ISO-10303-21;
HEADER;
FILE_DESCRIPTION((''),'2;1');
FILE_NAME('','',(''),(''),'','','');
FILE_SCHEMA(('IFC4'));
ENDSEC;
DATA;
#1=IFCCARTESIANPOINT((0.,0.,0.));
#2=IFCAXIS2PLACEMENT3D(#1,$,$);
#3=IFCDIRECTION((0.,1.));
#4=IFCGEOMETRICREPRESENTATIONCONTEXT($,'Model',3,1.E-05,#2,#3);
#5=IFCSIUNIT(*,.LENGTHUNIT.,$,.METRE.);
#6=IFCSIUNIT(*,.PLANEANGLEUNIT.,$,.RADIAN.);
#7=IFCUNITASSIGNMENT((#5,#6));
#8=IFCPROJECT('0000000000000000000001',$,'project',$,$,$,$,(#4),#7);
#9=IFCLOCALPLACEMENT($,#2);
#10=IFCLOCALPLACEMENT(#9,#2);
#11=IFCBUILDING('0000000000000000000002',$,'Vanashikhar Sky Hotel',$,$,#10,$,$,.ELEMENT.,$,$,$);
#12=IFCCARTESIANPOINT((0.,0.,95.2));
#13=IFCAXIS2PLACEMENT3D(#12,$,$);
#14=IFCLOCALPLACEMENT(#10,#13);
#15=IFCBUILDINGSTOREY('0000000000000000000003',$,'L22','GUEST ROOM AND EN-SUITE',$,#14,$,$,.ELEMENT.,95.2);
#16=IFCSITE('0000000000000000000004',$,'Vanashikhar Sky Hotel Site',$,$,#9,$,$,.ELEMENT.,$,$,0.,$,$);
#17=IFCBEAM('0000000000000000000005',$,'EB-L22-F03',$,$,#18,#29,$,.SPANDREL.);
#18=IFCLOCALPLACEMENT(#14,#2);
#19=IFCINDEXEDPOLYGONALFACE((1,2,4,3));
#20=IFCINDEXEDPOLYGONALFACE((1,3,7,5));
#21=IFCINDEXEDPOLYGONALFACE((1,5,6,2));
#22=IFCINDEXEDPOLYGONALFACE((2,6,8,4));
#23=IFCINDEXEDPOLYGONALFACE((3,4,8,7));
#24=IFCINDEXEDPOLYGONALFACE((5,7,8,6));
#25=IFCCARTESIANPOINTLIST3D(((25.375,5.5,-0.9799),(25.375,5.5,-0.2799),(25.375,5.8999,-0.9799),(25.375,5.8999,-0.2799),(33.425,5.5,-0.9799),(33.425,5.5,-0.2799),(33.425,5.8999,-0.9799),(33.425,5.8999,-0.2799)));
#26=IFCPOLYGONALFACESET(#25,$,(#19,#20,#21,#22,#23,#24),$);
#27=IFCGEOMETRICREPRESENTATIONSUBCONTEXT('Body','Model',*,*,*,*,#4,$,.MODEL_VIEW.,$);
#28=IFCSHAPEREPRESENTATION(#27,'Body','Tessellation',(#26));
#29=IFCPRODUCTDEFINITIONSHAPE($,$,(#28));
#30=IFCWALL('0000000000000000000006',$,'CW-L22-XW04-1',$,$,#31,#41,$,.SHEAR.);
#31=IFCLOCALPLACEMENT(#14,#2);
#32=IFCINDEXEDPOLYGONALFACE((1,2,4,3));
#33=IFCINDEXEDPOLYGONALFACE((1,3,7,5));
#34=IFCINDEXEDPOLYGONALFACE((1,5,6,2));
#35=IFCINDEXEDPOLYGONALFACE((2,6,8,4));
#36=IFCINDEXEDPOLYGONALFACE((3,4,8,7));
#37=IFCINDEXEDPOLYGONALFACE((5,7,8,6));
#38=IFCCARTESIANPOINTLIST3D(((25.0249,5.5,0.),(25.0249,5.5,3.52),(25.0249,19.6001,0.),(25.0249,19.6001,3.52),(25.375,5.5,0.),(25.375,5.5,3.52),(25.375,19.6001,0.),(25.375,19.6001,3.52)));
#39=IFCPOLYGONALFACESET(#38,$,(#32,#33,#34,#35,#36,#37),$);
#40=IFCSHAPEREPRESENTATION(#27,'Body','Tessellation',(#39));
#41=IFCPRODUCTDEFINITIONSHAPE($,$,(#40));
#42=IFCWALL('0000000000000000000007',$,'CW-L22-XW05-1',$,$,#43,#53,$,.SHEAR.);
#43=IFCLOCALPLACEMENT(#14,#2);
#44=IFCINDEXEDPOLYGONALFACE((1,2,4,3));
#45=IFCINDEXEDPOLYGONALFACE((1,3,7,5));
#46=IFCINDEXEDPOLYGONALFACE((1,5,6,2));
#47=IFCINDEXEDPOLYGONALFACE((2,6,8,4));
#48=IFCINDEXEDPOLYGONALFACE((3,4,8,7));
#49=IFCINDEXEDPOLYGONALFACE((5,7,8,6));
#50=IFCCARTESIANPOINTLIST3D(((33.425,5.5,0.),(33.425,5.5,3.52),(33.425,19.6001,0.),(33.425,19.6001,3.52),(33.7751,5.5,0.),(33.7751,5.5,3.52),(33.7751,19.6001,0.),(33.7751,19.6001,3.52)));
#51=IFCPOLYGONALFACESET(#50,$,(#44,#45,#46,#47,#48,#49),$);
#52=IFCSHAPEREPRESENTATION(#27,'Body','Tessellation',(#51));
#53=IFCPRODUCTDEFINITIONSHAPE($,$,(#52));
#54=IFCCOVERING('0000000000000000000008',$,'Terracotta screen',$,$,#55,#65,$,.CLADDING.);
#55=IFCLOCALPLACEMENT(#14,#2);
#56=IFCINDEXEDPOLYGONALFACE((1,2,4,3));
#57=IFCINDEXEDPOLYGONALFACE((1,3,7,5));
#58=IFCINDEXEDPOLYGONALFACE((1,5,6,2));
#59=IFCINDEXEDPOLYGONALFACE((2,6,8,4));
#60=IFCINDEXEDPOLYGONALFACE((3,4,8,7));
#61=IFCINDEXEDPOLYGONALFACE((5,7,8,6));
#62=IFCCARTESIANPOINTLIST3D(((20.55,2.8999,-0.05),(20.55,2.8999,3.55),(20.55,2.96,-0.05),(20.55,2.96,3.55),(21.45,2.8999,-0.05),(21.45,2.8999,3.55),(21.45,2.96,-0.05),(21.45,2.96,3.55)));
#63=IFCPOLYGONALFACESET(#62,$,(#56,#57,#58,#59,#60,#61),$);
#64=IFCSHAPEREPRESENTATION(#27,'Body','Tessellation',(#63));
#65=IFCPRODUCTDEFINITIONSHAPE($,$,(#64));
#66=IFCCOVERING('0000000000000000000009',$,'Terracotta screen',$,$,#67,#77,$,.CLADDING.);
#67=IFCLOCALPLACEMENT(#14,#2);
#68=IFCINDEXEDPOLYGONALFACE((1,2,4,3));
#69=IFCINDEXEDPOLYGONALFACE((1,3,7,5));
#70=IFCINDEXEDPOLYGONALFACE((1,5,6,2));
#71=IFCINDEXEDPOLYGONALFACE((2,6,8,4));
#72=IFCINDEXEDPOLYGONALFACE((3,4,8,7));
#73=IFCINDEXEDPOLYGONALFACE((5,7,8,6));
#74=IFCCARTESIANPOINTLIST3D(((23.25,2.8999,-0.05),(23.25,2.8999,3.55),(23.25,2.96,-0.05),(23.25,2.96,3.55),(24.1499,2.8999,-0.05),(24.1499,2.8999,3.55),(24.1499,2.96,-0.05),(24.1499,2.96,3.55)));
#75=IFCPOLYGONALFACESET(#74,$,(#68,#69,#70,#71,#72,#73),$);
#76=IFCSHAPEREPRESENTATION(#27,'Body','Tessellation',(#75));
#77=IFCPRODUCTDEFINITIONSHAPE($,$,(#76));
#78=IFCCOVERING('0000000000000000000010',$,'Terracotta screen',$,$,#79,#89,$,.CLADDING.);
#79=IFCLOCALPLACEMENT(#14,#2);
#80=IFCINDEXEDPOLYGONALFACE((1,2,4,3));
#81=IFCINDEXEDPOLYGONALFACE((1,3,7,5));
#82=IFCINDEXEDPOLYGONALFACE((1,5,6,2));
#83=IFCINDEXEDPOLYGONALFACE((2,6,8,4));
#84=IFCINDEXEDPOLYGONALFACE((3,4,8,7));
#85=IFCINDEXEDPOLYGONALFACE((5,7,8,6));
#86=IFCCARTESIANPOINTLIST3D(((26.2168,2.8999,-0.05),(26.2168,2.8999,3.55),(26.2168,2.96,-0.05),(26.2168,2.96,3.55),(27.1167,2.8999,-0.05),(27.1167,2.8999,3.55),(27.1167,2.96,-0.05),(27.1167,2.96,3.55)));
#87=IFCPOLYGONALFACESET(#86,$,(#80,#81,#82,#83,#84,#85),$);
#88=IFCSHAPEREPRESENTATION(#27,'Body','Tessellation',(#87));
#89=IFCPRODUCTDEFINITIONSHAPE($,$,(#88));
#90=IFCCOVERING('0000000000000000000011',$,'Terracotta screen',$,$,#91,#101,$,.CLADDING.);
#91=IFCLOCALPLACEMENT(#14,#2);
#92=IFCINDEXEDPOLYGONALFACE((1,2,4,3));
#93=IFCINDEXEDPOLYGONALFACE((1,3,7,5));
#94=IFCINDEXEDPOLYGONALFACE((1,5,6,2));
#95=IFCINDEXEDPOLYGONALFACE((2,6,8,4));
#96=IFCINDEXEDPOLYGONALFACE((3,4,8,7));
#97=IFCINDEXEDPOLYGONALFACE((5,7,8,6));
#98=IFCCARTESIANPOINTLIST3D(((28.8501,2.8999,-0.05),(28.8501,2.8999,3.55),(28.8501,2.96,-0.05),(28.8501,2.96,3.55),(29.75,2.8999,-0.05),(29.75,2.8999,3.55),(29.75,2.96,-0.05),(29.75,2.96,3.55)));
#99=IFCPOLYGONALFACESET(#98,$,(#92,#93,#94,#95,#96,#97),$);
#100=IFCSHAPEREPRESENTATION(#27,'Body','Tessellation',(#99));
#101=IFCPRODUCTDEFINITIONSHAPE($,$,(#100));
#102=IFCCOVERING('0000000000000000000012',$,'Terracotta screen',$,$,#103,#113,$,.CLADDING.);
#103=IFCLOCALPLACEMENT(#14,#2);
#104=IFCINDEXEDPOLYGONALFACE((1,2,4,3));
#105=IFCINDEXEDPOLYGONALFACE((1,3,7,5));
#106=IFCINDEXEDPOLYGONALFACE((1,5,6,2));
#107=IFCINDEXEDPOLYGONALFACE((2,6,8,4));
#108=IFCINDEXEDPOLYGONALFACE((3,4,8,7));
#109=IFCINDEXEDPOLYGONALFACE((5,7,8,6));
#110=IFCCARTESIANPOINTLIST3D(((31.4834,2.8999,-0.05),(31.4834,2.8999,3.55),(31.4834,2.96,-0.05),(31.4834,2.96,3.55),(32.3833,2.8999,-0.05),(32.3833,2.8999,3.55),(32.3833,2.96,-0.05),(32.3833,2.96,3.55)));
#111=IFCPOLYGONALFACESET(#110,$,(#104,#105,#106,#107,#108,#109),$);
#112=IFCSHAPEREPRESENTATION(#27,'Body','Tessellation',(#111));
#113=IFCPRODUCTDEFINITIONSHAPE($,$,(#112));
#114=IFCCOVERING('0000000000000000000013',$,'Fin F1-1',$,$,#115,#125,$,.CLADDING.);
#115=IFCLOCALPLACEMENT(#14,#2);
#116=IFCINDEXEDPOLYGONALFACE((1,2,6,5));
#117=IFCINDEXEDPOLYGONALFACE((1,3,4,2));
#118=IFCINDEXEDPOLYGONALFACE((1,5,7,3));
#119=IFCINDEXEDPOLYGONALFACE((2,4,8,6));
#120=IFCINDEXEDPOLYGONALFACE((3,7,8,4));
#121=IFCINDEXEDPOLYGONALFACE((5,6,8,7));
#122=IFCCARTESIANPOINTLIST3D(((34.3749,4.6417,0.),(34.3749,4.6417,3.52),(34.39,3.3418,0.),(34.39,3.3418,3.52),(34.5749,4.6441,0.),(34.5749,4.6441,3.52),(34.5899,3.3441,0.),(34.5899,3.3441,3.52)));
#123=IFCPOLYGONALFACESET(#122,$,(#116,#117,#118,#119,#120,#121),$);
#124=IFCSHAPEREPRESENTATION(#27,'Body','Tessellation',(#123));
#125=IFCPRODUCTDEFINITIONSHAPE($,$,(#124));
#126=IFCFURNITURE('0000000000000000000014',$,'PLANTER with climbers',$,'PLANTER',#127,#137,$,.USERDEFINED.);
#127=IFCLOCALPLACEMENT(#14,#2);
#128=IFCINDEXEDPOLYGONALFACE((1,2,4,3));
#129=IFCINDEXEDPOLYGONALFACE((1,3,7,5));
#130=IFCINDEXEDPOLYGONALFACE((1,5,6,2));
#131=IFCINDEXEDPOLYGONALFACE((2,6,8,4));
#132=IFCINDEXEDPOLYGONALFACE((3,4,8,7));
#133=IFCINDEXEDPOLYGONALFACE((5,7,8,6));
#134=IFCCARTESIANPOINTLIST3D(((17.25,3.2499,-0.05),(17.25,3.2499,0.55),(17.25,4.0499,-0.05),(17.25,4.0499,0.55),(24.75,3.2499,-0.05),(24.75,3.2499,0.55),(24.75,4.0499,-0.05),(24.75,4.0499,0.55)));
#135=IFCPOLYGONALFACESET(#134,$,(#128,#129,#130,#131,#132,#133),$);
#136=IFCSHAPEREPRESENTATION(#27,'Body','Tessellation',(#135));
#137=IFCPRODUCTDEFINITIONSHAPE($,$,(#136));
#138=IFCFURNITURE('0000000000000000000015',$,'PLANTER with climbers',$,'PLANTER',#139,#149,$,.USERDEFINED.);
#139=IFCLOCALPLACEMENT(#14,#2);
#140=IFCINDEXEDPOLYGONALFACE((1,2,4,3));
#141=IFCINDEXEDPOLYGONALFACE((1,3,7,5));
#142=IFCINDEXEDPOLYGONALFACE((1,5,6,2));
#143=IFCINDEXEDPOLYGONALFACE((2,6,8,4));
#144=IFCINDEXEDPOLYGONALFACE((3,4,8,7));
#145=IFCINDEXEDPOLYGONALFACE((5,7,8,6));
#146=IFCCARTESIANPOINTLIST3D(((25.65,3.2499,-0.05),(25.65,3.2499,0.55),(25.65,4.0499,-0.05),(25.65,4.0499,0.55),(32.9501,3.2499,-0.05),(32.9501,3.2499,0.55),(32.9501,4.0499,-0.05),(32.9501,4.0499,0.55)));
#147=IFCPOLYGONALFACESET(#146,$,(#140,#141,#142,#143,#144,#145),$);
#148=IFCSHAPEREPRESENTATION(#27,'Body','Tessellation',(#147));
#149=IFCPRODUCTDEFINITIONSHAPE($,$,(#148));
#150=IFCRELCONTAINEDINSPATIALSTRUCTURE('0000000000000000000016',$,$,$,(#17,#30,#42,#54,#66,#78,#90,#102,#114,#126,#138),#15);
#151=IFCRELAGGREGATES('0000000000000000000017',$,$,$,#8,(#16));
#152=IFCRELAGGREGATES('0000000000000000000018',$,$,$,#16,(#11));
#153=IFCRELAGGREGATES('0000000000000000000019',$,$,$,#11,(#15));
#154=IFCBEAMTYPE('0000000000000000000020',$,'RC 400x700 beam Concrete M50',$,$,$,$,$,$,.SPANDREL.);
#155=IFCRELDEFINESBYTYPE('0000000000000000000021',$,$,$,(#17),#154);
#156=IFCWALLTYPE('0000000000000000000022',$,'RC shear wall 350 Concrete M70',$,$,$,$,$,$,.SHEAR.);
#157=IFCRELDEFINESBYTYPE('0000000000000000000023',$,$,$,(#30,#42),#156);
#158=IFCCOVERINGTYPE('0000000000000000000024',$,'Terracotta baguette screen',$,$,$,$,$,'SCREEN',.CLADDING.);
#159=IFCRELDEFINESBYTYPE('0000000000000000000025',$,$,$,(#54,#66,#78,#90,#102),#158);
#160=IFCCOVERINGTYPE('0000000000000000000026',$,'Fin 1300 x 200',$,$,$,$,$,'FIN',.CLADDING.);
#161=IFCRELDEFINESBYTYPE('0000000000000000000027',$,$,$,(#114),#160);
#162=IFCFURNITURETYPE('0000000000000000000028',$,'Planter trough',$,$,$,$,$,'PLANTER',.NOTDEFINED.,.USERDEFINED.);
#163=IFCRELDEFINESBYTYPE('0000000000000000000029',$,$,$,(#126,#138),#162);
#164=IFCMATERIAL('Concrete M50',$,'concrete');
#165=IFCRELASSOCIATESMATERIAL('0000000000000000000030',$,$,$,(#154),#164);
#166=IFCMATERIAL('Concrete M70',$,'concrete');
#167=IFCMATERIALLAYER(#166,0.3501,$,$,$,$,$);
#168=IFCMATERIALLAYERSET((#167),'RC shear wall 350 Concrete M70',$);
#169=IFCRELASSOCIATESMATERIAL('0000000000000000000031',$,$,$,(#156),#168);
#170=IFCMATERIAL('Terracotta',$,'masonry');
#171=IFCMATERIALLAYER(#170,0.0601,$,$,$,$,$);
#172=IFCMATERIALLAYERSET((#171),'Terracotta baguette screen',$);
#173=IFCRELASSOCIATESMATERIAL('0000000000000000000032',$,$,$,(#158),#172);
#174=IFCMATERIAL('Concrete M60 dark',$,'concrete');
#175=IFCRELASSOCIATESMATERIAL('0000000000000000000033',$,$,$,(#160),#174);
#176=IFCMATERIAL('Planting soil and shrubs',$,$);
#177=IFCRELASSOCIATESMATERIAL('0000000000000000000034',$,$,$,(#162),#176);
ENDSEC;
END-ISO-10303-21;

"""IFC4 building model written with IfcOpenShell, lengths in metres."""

from ifc_helpers import new_model, si_unit, direction, frame, frame_2d, origin, origin_2d, place, context, subcontext, project, spatial, rectangle, extrude, source, transform, mapped, material, layer, layer_set, material_profile, profile_set, type_object, element, save


model = new_model("IFC4")

# Units and contexts
model_context = context("Model", 3, precision=1e-05, world=origin(), true_north=direction((0.0, 1.0)))
body_context = subcontext(model_context, "Body", "Model", "MODEL_VIEW")
ifc_project = project(units=[si_unit("LENGTHUNIT", "METRE"), si_unit("PLANEANGLEUNIT", "RADIAN")], contexts=[model_context])

# Site, building, storey
site_placement = place(None, origin())
site = spatial("IfcSite", under=ifc_project, at=site_placement, Name="Vanashikhar Sky Hotel Site", CompositionType="ELEMENT", RefElevation=0.0)
building_placement = place(site_placement, origin())
building = spatial("IfcBuilding", under=site, at=building_placement, Name="Vanashikhar Sky Hotel", CompositionType="ELEMENT")
storey_placement = place(building_placement, frame((0.0, 0.0, 95.2)))
storey = spatial("IfcBuildingStorey", under=building, at=storey_placement, Name="L22", Description="GUEST ROOM AND EN-SUITE", CompositionType="ELEMENT", Elevation=95.2)

# Beam
ifc_material_1 = material(Name="Concrete M50", Category="concrete")
ifc_material_profile_1 = material_profile(ifc_material_1, rectangle(XDim=0.3999, YDim=0.7, at=origin_2d()))
ifc_profile_set_1 = profile_set([ifc_material_profile_1], Name="RC 400x700 beam Concrete M50")
beam_type = type_object("IfcBeamType", Name="RC 400x700 beam Concrete M50", PredefinedType="SPANDREL", material=ifc_profile_set_1)
shared_shape_1 = source(origin(), body_context, "Body", "SweptSolid", [
    extrude(rectangle(XDim=0.3999, YDim=0.7, at=origin_2d()), origin(), (0.0, 0.0, 1.0), 8.05),
])
beam_placement = place(storey_placement, frame((25.375, 5.7, -0.6299), z_axis=(1.0, 0.0, 0.0), x_axis=(0.0, 1.0, 0.0)))
element("IfcBeam", 1, at=beam_placement, inside=storey, type_object=beam_type, Name="EB-L22-F03", PredefinedType="SPANDREL", context=body_context, shape_type="MappedRepresentation", body=[
    mapped(shared_shape_1, transform((0.0, 0.0, 0.0), scale=1.0)),
])

# Walls
ifc_material_2 = material(Name="Concrete M70", Category="concrete")
ifc_layer_1 = layer(ifc_material_2, 0.3501)
ifc_layer_set_1 = layer_set([ifc_layer_1], Name="RC shear wall 350 Concrete M70")
wall_type_1 = type_object("IfcWallType", Name="RC shear wall 350 Concrete M70", PredefinedType="SHEAR", material=ifc_layer_set_1)
shared_shape_2 = source(origin(), body_context, "Body", "SweptSolid", [
    extrude(rectangle(XDim=14.1001, YDim=0.3501, at=frame_2d((7.05, 0.0))), origin(), (0.0, 0.0, 1.0), 3.52),
])
for number, where, z_axis, x_axis, name in (
    (2, (25.2, 5.5, 0.0), (0.0, 0.0, 1.0), (0.0, 1.0, 0.0), "CW-L22-XW04-1"),
    (3, (33.6001, 5.5, 0.0), (0.0, 0.0, 1.0), (0.0, 1.0, 0.0), "CW-L22-XW05-1"),
):
    element("IfcWall", number, at=place(storey_placement, frame(where, z_axis=z_axis, x_axis=x_axis)), inside=storey, type_object=wall_type_1, Name=name, PredefinedType="SHEAR", context=body_context, shape_type="MappedRepresentation", body=[
        mapped(shared_shape_2, transform((0.0, 0.0, 0.0), scale=1.0)),
    ])

# Coverings
ifc_material_3 = material(Name="Terracotta", Category="masonry")
ifc_layer_2 = layer(ifc_material_3, 0.0601)
ifc_layer_set_2 = layer_set([ifc_layer_2], Name="Terracotta baguette screen")
covering_type_1 = type_object("IfcCoveringType", Name="Terracotta baguette screen", ElementType="SCREEN", PredefinedType="CLADDING", material=ifc_layer_set_2)
shared_shape_3 = source(origin(), body_context, "Body", "SweptSolid", [
    extrude(rectangle(XDim=0.8999, YDim=0.0601, at=origin_2d()), origin(), (0.0, 0.0, 1.0), 3.6001),
])
for number, where, z_axis, x_axis, name in (
    (4, (21.0, 2.9299, -0.05), (0.0, 0.0, 1.0), (1.0, 0.0, 0.0), "Terracotta screen"),
    (5, (23.7, 2.9299, -0.05), (0.0, 0.0, 1.0), (1.0, 0.0, 0.0), "Terracotta screen"),
    (6, (26.6667, 2.9299, -0.05), (0.0, 0.0, 1.0), (1.0, 0.0, 0.0), "Terracotta screen"),
    (7, (29.3, 2.9299, -0.05), (0.0, 0.0, 1.0), (1.0, 0.0, 0.0), "Terracotta screen"),
    (8, (31.9333, 2.9299, -0.05), (0.0, 0.0, 1.0), (1.0, 0.0, 0.0), "Terracotta screen"),
):
    element("IfcCovering", number, at=place(storey_placement, frame(where, z_axis=z_axis, x_axis=x_axis)), inside=storey, type_object=covering_type_1, Name=name, PredefinedType="CLADDING", context=body_context, shape_type="MappedRepresentation", body=[
        mapped(shared_shape_3, transform((0.0, 0.0, 0.0), scale=1.0)),
    ])
ifc_material_4 = material(Name="Concrete M60 dark", Category="concrete")
ifc_material_profile_2 = material_profile(ifc_material_4, rectangle(XDim=1.3, YDim=0.2, at=origin_2d()))
ifc_profile_set_2 = profile_set([ifc_material_profile_2], Name="Fin 1300 x 200")
covering_type_2 = type_object("IfcCoveringType", Name="Fin 1300 x 200", ElementType="FIN", PredefinedType="CLADDING", material=ifc_profile_set_2)
shared_shape_4 = source(origin(), body_context, "Body", "SweptSolid", [
    extrude(rectangle(XDim=1.3, YDim=0.2, at=origin_2d()), origin(), (0.0, 0.0, 1.0), 3.52),
])
covering_placement = place(storey_placement, frame((34.4824, 3.9929, 0.0), z_axis=(0.0, 0.0, 1.0), x_axis=(0.011589, -0.999933, 0.0)))
element("IfcCovering", 9, at=covering_placement, inside=storey, type_object=covering_type_2, Name="Fin F1-1", PredefinedType="CLADDING", context=body_context, shape_type="MappedRepresentation", body=[
    mapped(shared_shape_4, transform((0.0, 0.0, 0.0), scale=1.0)),
])

# Furniture
ifc_material_5 = material(Name="Planting soil and shrubs")
furniture_type = type_object("IfcFurnitureType", Name="Planter trough", ElementType="PLANTER", AssemblyPlace="NOTDEFINED", PredefinedType="USERDEFINED", material=ifc_material_5)
shared_shape_5 = source(origin(), body_context, "Body", "SweptSolid", [
    extrude(rectangle(XDim=7.5, YDim=0.8, at=origin_2d()), origin(), (0.0, 0.0, 1.0), 0.6001),
])
furniture_1_placement = place(storey_placement, frame((21.0, 3.6499, -0.05), z_axis=(0.0, 0.0, 1.0), x_axis=(1.0, 0.0, 0.0)))
element("IfcFurniture", 10, at=furniture_1_placement, inside=storey, type_object=furniture_type, Name="PLANTER with climbers", ObjectType="PLANTER", PredefinedType="USERDEFINED", context=body_context, shape_type="MappedRepresentation", body=[
    mapped(shared_shape_5, transform((0.0, 0.0, 0.0), scale=1.0)),
])
shared_shape_6 = source(origin(), body_context, "Body", "SweptSolid", [
    extrude(rectangle(XDim=7.3, YDim=0.8, at=origin_2d()), origin(), (0.0, 0.0, 1.0), 0.6001),
])
furniture_2_placement = place(storey_placement, frame((29.3, 3.6499, -0.05), z_axis=(0.0, 0.0, 1.0), x_axis=(1.0, 0.0, 0.0)))
element("IfcFurniture", 11, at=furniture_2_placement, inside=storey, type_object=furniture_type, Name="PLANTER with climbers", ObjectType="PLANTER", PredefinedType="USERDEFINED", context=body_context, shape_type="MappedRepresentation", body=[
    mapped(shared_shape_6, transform((0.0, 0.0, 0.0), scale=1.0)),
])

save(model, "model.ifc")
